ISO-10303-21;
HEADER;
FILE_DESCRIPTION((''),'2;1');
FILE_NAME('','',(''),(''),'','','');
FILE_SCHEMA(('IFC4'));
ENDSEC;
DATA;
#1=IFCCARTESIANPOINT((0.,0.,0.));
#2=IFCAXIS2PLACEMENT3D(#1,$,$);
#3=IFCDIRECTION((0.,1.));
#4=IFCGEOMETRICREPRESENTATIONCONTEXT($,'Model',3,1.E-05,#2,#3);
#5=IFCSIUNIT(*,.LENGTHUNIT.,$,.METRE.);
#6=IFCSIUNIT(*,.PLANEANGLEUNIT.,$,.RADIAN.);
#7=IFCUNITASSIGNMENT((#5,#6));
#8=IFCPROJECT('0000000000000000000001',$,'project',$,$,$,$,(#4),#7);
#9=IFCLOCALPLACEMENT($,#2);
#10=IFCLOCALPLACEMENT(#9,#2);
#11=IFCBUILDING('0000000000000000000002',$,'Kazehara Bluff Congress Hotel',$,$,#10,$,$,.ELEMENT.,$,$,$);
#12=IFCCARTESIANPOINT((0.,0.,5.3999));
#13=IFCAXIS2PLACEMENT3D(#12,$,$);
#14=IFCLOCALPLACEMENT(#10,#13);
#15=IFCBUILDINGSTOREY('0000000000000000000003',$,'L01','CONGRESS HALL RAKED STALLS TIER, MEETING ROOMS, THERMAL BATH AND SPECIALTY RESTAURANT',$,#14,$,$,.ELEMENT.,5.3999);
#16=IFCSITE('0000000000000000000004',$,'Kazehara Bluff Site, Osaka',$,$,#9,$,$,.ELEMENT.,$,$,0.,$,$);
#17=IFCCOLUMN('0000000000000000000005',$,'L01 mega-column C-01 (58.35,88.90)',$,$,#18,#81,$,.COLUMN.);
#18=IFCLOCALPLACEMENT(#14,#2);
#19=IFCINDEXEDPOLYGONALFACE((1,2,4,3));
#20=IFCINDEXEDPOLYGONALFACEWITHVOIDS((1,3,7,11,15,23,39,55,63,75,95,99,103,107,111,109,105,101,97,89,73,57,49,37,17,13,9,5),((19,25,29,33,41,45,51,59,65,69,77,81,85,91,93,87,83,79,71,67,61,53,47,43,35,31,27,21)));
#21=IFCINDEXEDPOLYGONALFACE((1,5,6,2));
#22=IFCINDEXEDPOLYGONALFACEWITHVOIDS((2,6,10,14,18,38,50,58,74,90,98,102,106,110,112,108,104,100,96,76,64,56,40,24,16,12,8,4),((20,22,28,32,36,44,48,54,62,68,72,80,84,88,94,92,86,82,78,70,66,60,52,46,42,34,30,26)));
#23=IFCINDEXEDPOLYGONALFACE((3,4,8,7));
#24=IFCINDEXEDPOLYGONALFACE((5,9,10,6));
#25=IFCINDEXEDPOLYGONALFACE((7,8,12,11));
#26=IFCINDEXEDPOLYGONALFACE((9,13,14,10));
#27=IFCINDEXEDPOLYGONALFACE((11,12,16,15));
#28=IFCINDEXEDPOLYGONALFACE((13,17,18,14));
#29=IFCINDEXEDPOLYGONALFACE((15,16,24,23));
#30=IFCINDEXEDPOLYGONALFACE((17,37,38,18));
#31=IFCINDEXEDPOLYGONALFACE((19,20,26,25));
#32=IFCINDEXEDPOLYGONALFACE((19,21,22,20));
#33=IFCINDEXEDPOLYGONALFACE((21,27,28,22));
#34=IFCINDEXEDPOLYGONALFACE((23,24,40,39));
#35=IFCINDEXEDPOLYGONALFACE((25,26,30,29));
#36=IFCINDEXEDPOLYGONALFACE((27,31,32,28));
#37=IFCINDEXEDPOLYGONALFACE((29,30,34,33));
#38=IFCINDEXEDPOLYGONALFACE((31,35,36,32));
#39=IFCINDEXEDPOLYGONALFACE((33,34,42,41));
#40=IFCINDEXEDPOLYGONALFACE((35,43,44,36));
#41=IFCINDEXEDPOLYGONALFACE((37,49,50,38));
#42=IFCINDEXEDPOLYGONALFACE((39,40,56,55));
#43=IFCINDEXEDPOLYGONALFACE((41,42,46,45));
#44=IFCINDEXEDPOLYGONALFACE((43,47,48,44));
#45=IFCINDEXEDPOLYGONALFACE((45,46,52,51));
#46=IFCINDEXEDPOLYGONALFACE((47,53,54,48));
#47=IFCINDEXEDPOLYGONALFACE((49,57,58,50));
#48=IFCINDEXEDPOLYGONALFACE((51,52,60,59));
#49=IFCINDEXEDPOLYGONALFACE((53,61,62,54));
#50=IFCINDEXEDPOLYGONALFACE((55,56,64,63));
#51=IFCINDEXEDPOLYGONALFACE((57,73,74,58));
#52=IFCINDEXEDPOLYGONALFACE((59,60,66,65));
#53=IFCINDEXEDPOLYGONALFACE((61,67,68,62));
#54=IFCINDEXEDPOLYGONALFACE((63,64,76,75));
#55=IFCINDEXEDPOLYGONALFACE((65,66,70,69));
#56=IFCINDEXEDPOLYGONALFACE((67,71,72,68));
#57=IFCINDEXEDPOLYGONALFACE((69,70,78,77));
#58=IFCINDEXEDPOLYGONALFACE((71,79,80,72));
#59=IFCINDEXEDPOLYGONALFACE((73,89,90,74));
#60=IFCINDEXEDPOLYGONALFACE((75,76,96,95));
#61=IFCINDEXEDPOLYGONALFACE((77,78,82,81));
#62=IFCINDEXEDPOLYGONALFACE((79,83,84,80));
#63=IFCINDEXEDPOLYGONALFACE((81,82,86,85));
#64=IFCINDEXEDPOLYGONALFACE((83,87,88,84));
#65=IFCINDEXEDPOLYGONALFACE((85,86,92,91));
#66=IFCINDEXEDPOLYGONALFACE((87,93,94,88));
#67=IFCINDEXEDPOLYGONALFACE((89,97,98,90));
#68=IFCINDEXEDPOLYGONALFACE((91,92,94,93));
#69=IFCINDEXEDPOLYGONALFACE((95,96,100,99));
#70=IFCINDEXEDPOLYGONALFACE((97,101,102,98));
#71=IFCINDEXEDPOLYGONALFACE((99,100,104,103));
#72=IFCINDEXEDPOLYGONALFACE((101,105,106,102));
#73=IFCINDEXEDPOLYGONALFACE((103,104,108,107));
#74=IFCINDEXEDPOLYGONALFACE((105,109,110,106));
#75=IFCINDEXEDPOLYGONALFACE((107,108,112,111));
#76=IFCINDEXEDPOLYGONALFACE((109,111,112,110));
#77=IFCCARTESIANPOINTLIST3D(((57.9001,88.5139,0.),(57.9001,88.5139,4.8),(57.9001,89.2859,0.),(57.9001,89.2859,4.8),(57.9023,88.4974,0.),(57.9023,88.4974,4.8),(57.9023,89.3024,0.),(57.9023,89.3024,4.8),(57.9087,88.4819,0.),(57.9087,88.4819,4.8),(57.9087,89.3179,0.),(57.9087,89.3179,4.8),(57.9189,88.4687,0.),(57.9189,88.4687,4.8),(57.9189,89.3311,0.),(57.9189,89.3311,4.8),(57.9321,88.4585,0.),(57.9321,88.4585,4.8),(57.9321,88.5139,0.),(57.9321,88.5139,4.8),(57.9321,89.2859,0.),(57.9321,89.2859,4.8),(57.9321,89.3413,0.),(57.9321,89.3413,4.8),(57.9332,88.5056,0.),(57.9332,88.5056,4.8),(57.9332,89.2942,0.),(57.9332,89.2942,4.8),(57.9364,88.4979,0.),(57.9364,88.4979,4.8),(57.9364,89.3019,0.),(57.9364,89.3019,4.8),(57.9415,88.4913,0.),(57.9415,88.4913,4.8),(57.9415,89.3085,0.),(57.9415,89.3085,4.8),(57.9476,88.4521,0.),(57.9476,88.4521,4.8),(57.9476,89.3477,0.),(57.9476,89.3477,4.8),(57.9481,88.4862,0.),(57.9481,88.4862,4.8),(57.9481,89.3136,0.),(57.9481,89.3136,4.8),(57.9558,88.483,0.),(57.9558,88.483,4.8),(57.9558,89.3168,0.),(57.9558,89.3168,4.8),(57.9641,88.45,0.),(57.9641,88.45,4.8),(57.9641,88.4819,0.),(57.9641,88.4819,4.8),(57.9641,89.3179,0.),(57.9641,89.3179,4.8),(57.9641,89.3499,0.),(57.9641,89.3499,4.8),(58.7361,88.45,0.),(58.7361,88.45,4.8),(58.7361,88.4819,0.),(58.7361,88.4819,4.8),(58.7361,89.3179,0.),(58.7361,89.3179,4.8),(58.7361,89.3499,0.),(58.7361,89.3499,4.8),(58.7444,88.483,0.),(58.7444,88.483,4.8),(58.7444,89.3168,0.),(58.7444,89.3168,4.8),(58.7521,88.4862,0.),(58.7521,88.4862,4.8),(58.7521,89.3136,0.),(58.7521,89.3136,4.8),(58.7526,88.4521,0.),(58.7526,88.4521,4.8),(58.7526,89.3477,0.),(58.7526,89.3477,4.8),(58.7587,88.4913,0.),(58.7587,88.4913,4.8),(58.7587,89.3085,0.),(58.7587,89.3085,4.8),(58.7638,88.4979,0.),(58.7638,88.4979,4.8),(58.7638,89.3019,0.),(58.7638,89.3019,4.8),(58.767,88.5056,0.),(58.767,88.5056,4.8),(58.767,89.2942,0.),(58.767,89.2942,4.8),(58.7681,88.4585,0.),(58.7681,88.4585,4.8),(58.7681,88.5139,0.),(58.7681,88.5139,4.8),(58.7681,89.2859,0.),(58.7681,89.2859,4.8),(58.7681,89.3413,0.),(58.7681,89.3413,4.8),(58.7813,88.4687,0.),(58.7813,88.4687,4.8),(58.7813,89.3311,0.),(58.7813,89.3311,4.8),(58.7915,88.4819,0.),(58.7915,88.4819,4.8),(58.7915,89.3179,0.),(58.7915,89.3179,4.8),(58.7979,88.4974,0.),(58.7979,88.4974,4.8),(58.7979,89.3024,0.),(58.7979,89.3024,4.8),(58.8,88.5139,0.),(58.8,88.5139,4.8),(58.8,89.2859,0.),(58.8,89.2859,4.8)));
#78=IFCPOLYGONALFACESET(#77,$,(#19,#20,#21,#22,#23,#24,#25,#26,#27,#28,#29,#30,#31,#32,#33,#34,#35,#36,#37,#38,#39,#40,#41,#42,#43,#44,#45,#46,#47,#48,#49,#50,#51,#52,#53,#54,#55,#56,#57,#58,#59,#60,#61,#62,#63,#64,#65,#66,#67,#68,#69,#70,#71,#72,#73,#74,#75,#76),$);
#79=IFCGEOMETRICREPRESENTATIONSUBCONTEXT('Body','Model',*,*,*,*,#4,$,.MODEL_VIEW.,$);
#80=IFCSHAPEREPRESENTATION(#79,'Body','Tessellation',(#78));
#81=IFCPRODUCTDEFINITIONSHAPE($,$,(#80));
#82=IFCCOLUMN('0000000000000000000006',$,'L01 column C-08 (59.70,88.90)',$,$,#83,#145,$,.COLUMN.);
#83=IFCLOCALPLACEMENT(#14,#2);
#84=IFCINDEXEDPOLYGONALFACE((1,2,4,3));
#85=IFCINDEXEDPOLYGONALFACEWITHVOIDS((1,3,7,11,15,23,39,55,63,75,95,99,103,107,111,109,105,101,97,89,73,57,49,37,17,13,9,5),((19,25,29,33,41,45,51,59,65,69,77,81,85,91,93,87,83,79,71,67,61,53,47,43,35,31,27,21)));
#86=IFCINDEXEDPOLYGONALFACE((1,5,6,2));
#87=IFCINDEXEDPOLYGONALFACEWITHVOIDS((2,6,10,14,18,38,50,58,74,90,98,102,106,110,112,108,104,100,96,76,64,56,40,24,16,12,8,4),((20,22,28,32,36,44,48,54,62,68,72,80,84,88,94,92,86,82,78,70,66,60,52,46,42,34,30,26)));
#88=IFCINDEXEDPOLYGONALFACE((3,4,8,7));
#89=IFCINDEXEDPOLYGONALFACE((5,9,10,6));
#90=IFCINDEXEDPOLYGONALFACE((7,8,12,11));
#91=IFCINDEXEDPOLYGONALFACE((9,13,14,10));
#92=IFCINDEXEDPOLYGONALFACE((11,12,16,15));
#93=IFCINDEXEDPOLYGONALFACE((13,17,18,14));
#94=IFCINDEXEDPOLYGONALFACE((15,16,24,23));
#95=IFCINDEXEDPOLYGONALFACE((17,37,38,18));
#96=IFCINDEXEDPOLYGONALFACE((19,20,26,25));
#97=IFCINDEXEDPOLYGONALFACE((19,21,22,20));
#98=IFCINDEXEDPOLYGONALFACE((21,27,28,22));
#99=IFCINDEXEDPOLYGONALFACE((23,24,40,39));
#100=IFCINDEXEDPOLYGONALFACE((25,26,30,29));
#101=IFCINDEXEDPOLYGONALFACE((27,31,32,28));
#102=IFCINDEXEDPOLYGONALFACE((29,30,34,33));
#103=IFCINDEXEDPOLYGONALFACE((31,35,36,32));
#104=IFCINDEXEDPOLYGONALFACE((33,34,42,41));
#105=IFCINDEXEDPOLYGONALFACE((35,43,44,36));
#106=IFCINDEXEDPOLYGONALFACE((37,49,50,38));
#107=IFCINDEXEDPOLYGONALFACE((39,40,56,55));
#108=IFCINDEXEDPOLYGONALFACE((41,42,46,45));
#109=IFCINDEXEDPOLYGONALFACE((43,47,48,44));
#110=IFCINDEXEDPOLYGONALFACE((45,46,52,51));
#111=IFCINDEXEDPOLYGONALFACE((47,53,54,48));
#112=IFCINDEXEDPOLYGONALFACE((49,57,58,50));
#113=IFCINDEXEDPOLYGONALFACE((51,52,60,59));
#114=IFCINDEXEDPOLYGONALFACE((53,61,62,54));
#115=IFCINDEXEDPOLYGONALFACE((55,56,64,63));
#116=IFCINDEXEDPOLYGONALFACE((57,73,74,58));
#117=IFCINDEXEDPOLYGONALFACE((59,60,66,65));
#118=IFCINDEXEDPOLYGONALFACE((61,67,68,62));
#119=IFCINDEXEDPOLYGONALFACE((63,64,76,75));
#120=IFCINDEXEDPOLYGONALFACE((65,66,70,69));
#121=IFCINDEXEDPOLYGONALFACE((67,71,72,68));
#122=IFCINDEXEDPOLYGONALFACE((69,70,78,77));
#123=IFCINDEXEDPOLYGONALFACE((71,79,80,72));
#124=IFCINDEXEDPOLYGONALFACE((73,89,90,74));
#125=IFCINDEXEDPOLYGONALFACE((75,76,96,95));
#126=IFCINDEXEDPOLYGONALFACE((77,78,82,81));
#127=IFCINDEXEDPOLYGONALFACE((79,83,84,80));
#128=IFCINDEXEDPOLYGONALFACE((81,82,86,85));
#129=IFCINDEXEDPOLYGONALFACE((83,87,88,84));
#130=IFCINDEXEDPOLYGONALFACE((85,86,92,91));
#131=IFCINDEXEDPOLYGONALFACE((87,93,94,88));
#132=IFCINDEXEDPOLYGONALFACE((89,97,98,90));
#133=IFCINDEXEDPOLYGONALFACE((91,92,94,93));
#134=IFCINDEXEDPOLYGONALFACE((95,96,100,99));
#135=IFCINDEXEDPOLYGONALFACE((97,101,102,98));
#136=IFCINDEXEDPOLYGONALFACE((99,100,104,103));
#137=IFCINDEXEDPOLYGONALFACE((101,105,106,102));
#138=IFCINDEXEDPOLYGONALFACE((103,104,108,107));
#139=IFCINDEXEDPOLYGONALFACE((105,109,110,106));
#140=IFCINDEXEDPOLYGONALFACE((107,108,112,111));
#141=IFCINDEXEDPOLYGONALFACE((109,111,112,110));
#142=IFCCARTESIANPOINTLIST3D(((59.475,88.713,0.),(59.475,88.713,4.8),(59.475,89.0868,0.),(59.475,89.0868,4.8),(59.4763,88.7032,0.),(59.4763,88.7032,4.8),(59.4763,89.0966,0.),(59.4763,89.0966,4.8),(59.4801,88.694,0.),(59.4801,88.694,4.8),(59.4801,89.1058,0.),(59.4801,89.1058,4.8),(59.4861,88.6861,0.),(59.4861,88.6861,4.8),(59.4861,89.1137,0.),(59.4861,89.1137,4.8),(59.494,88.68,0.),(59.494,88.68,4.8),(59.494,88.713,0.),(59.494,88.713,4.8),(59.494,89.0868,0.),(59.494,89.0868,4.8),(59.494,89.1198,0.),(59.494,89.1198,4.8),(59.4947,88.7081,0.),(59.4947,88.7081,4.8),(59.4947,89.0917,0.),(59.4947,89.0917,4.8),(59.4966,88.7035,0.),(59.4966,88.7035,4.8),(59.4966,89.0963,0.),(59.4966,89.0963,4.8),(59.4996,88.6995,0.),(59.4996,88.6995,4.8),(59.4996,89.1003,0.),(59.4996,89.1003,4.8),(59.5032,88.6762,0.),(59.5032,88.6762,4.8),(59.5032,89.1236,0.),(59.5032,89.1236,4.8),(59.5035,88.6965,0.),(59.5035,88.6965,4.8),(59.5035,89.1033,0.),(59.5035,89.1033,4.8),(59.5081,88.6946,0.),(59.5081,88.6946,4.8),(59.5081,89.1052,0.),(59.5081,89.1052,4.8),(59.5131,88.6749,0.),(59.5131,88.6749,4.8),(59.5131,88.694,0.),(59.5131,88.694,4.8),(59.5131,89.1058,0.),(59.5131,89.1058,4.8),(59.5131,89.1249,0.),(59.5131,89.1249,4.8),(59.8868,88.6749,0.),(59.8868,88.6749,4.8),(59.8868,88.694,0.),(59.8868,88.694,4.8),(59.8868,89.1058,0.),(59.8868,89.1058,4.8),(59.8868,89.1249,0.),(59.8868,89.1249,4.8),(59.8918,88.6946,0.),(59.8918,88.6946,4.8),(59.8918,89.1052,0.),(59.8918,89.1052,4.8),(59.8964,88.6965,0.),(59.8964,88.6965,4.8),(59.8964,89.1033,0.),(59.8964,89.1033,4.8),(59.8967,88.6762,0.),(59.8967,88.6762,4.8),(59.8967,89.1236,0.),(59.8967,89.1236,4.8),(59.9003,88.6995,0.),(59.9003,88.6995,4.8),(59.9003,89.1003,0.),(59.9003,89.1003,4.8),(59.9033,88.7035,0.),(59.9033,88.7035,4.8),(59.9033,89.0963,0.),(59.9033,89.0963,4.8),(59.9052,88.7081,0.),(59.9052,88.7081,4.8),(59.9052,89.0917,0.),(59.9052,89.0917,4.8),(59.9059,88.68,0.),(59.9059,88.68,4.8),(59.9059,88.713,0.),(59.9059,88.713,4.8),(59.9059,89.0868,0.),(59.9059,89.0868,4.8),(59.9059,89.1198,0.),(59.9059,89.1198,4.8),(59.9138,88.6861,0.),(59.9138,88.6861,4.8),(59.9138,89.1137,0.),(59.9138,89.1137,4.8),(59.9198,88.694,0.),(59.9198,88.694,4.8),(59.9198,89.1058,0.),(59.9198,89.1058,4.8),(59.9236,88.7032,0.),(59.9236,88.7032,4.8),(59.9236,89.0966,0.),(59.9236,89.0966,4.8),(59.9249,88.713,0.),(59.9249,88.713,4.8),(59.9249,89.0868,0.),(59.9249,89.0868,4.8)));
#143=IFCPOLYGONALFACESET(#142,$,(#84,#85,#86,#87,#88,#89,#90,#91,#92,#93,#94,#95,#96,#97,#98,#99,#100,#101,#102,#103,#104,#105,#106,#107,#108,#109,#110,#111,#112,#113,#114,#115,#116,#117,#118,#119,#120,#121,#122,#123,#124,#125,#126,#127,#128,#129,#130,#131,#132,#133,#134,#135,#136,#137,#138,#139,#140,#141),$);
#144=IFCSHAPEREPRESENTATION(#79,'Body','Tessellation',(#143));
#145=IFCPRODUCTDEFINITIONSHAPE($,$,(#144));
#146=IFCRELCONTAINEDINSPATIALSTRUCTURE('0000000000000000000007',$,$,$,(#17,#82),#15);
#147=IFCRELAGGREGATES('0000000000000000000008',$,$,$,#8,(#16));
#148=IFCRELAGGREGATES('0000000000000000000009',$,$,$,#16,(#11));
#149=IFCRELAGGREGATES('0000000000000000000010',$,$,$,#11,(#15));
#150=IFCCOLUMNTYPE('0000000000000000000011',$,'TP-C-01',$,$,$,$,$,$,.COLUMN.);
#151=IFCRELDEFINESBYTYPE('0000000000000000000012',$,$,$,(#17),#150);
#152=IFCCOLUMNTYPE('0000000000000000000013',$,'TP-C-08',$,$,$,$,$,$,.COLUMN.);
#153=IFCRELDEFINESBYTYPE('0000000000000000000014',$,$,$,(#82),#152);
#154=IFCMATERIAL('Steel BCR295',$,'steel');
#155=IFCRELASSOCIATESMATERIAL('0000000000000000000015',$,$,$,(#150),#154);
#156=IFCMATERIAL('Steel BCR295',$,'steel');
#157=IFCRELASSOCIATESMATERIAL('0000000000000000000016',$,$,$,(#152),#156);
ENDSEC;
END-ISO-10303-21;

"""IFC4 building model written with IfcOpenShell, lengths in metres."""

from ifc_helpers import new_model, si_unit, direction, frame, origin, origin_2d, place, context, subcontext, project, spatial, hollow_rectangle, extrude, material, material_profile, profile_set, type_object, element, save


model = new_model("IFC4")

# Units and contexts
model_context = context("Model", 3, precision=1e-05, world=origin(), true_north=direction((0.0, 1.0)))
body_context = subcontext(model_context, "Body", "Model", "MODEL_VIEW")
ifc_project = project(units=[si_unit("LENGTHUNIT", "METRE"), si_unit("PLANEANGLEUNIT", "RADIAN")], contexts=[model_context])

# Site, building, storey
site_placement = place(None, origin())
site = spatial("IfcSite", under=ifc_project, at=site_placement, Name="Kazehara Bluff Site, Osaka", CompositionType="ELEMENT", RefElevation=0.0)
building_placement = place(site_placement, origin())
building = spatial("IfcBuilding", under=site, at=building_placement, Name="Kazehara Bluff Congress Hotel", CompositionType="ELEMENT")
storey_placement = place(building_placement, frame((0.0, 0.0, 5.3999)))
storey = spatial("IfcBuildingStorey", under=building, at=storey_placement, Name="L01", Description="CONGRESS HALL RAKED STALLS TIER, MEETING ROOMS, THERMAL BATH AND SPECIALTY RESTAURANT", CompositionType="ELEMENT", Elevation=5.3999)

# Columns
ifc_material_1 = material(Name="Steel BCR295", Category="steel")
ifc_material_profile_1 = material_profile(ifc_material_1, hollow_rectangle(XDim=0.8999, YDim=0.8999, WallThickness=0.032, InnerFilletRadius=0.032, OuterFilletRadius=0.064, at=origin_2d()))
ifc_profile_set_1 = profile_set([ifc_material_profile_1], Name="Steel BCR295")
column_type_1 = type_object("IfcColumnType", Name="TP-C-01", PredefinedType="COLUMN", material=ifc_profile_set_1)
column_placement = place(storey_placement, frame((58.3501, 88.8999, 0.0), z_axis=(0.0, 0.0, 1.0), x_axis=(1.0, 0.0, 0.0)))
element("IfcColumn", 1, at=column_placement, inside=storey, type_object=column_type_1, Name="L01 mega-column C-01 (58.35,88.90)", PredefinedType="COLUMN", context=body_context, shape_type="SweptSolid", body=[
    extrude(hollow_rectangle(XDim=0.8999, YDim=0.8999, WallThickness=0.032, InnerFilletRadius=0.032, OuterFilletRadius=0.064, at=origin_2d()), origin(), (0.0, 0.0, 1.0), 4.8),
])
ifc_material_2 = material(Name="Steel BCR295", Category="steel")
ifc_material_profile_2 = material_profile(ifc_material_2, hollow_rectangle(XDim=0.45, YDim=0.45, WallThickness=0.019, InnerFilletRadius=0.019, OuterFilletRadius=0.0381, at=origin_2d()))
ifc_profile_set_2 = profile_set([ifc_material_profile_2], Name="Steel BCR295")
column_type_2 = type_object("IfcColumnType", Name="TP-C-08", PredefinedType="COLUMN", material=ifc_profile_set_2)
for number, where, z_axis, x_axis, name in (
    (2, (59.7, 88.8999, 0.0), (0.0, 0.0, 1.0), (1.0, 0.0, 0.0), "L01 column C-08 (59.70,88.90)"),
):
    element("IfcColumn", number, at=place(storey_placement, frame(where, z_axis=z_axis, x_axis=x_axis)), inside=storey, type_object=column_type_2, Name=name, PredefinedType="COLUMN", context=body_context, shape_type="SweptSolid", body=[
        extrude(hollow_rectangle(XDim=0.45, YDim=0.45, WallThickness=0.019, InnerFilletRadius=0.019, OuterFilletRadius=0.0381, at=origin_2d()), origin(), (0.0, 0.0, 1.0), 4.8),
    ])

save(model, "model.ifc")
